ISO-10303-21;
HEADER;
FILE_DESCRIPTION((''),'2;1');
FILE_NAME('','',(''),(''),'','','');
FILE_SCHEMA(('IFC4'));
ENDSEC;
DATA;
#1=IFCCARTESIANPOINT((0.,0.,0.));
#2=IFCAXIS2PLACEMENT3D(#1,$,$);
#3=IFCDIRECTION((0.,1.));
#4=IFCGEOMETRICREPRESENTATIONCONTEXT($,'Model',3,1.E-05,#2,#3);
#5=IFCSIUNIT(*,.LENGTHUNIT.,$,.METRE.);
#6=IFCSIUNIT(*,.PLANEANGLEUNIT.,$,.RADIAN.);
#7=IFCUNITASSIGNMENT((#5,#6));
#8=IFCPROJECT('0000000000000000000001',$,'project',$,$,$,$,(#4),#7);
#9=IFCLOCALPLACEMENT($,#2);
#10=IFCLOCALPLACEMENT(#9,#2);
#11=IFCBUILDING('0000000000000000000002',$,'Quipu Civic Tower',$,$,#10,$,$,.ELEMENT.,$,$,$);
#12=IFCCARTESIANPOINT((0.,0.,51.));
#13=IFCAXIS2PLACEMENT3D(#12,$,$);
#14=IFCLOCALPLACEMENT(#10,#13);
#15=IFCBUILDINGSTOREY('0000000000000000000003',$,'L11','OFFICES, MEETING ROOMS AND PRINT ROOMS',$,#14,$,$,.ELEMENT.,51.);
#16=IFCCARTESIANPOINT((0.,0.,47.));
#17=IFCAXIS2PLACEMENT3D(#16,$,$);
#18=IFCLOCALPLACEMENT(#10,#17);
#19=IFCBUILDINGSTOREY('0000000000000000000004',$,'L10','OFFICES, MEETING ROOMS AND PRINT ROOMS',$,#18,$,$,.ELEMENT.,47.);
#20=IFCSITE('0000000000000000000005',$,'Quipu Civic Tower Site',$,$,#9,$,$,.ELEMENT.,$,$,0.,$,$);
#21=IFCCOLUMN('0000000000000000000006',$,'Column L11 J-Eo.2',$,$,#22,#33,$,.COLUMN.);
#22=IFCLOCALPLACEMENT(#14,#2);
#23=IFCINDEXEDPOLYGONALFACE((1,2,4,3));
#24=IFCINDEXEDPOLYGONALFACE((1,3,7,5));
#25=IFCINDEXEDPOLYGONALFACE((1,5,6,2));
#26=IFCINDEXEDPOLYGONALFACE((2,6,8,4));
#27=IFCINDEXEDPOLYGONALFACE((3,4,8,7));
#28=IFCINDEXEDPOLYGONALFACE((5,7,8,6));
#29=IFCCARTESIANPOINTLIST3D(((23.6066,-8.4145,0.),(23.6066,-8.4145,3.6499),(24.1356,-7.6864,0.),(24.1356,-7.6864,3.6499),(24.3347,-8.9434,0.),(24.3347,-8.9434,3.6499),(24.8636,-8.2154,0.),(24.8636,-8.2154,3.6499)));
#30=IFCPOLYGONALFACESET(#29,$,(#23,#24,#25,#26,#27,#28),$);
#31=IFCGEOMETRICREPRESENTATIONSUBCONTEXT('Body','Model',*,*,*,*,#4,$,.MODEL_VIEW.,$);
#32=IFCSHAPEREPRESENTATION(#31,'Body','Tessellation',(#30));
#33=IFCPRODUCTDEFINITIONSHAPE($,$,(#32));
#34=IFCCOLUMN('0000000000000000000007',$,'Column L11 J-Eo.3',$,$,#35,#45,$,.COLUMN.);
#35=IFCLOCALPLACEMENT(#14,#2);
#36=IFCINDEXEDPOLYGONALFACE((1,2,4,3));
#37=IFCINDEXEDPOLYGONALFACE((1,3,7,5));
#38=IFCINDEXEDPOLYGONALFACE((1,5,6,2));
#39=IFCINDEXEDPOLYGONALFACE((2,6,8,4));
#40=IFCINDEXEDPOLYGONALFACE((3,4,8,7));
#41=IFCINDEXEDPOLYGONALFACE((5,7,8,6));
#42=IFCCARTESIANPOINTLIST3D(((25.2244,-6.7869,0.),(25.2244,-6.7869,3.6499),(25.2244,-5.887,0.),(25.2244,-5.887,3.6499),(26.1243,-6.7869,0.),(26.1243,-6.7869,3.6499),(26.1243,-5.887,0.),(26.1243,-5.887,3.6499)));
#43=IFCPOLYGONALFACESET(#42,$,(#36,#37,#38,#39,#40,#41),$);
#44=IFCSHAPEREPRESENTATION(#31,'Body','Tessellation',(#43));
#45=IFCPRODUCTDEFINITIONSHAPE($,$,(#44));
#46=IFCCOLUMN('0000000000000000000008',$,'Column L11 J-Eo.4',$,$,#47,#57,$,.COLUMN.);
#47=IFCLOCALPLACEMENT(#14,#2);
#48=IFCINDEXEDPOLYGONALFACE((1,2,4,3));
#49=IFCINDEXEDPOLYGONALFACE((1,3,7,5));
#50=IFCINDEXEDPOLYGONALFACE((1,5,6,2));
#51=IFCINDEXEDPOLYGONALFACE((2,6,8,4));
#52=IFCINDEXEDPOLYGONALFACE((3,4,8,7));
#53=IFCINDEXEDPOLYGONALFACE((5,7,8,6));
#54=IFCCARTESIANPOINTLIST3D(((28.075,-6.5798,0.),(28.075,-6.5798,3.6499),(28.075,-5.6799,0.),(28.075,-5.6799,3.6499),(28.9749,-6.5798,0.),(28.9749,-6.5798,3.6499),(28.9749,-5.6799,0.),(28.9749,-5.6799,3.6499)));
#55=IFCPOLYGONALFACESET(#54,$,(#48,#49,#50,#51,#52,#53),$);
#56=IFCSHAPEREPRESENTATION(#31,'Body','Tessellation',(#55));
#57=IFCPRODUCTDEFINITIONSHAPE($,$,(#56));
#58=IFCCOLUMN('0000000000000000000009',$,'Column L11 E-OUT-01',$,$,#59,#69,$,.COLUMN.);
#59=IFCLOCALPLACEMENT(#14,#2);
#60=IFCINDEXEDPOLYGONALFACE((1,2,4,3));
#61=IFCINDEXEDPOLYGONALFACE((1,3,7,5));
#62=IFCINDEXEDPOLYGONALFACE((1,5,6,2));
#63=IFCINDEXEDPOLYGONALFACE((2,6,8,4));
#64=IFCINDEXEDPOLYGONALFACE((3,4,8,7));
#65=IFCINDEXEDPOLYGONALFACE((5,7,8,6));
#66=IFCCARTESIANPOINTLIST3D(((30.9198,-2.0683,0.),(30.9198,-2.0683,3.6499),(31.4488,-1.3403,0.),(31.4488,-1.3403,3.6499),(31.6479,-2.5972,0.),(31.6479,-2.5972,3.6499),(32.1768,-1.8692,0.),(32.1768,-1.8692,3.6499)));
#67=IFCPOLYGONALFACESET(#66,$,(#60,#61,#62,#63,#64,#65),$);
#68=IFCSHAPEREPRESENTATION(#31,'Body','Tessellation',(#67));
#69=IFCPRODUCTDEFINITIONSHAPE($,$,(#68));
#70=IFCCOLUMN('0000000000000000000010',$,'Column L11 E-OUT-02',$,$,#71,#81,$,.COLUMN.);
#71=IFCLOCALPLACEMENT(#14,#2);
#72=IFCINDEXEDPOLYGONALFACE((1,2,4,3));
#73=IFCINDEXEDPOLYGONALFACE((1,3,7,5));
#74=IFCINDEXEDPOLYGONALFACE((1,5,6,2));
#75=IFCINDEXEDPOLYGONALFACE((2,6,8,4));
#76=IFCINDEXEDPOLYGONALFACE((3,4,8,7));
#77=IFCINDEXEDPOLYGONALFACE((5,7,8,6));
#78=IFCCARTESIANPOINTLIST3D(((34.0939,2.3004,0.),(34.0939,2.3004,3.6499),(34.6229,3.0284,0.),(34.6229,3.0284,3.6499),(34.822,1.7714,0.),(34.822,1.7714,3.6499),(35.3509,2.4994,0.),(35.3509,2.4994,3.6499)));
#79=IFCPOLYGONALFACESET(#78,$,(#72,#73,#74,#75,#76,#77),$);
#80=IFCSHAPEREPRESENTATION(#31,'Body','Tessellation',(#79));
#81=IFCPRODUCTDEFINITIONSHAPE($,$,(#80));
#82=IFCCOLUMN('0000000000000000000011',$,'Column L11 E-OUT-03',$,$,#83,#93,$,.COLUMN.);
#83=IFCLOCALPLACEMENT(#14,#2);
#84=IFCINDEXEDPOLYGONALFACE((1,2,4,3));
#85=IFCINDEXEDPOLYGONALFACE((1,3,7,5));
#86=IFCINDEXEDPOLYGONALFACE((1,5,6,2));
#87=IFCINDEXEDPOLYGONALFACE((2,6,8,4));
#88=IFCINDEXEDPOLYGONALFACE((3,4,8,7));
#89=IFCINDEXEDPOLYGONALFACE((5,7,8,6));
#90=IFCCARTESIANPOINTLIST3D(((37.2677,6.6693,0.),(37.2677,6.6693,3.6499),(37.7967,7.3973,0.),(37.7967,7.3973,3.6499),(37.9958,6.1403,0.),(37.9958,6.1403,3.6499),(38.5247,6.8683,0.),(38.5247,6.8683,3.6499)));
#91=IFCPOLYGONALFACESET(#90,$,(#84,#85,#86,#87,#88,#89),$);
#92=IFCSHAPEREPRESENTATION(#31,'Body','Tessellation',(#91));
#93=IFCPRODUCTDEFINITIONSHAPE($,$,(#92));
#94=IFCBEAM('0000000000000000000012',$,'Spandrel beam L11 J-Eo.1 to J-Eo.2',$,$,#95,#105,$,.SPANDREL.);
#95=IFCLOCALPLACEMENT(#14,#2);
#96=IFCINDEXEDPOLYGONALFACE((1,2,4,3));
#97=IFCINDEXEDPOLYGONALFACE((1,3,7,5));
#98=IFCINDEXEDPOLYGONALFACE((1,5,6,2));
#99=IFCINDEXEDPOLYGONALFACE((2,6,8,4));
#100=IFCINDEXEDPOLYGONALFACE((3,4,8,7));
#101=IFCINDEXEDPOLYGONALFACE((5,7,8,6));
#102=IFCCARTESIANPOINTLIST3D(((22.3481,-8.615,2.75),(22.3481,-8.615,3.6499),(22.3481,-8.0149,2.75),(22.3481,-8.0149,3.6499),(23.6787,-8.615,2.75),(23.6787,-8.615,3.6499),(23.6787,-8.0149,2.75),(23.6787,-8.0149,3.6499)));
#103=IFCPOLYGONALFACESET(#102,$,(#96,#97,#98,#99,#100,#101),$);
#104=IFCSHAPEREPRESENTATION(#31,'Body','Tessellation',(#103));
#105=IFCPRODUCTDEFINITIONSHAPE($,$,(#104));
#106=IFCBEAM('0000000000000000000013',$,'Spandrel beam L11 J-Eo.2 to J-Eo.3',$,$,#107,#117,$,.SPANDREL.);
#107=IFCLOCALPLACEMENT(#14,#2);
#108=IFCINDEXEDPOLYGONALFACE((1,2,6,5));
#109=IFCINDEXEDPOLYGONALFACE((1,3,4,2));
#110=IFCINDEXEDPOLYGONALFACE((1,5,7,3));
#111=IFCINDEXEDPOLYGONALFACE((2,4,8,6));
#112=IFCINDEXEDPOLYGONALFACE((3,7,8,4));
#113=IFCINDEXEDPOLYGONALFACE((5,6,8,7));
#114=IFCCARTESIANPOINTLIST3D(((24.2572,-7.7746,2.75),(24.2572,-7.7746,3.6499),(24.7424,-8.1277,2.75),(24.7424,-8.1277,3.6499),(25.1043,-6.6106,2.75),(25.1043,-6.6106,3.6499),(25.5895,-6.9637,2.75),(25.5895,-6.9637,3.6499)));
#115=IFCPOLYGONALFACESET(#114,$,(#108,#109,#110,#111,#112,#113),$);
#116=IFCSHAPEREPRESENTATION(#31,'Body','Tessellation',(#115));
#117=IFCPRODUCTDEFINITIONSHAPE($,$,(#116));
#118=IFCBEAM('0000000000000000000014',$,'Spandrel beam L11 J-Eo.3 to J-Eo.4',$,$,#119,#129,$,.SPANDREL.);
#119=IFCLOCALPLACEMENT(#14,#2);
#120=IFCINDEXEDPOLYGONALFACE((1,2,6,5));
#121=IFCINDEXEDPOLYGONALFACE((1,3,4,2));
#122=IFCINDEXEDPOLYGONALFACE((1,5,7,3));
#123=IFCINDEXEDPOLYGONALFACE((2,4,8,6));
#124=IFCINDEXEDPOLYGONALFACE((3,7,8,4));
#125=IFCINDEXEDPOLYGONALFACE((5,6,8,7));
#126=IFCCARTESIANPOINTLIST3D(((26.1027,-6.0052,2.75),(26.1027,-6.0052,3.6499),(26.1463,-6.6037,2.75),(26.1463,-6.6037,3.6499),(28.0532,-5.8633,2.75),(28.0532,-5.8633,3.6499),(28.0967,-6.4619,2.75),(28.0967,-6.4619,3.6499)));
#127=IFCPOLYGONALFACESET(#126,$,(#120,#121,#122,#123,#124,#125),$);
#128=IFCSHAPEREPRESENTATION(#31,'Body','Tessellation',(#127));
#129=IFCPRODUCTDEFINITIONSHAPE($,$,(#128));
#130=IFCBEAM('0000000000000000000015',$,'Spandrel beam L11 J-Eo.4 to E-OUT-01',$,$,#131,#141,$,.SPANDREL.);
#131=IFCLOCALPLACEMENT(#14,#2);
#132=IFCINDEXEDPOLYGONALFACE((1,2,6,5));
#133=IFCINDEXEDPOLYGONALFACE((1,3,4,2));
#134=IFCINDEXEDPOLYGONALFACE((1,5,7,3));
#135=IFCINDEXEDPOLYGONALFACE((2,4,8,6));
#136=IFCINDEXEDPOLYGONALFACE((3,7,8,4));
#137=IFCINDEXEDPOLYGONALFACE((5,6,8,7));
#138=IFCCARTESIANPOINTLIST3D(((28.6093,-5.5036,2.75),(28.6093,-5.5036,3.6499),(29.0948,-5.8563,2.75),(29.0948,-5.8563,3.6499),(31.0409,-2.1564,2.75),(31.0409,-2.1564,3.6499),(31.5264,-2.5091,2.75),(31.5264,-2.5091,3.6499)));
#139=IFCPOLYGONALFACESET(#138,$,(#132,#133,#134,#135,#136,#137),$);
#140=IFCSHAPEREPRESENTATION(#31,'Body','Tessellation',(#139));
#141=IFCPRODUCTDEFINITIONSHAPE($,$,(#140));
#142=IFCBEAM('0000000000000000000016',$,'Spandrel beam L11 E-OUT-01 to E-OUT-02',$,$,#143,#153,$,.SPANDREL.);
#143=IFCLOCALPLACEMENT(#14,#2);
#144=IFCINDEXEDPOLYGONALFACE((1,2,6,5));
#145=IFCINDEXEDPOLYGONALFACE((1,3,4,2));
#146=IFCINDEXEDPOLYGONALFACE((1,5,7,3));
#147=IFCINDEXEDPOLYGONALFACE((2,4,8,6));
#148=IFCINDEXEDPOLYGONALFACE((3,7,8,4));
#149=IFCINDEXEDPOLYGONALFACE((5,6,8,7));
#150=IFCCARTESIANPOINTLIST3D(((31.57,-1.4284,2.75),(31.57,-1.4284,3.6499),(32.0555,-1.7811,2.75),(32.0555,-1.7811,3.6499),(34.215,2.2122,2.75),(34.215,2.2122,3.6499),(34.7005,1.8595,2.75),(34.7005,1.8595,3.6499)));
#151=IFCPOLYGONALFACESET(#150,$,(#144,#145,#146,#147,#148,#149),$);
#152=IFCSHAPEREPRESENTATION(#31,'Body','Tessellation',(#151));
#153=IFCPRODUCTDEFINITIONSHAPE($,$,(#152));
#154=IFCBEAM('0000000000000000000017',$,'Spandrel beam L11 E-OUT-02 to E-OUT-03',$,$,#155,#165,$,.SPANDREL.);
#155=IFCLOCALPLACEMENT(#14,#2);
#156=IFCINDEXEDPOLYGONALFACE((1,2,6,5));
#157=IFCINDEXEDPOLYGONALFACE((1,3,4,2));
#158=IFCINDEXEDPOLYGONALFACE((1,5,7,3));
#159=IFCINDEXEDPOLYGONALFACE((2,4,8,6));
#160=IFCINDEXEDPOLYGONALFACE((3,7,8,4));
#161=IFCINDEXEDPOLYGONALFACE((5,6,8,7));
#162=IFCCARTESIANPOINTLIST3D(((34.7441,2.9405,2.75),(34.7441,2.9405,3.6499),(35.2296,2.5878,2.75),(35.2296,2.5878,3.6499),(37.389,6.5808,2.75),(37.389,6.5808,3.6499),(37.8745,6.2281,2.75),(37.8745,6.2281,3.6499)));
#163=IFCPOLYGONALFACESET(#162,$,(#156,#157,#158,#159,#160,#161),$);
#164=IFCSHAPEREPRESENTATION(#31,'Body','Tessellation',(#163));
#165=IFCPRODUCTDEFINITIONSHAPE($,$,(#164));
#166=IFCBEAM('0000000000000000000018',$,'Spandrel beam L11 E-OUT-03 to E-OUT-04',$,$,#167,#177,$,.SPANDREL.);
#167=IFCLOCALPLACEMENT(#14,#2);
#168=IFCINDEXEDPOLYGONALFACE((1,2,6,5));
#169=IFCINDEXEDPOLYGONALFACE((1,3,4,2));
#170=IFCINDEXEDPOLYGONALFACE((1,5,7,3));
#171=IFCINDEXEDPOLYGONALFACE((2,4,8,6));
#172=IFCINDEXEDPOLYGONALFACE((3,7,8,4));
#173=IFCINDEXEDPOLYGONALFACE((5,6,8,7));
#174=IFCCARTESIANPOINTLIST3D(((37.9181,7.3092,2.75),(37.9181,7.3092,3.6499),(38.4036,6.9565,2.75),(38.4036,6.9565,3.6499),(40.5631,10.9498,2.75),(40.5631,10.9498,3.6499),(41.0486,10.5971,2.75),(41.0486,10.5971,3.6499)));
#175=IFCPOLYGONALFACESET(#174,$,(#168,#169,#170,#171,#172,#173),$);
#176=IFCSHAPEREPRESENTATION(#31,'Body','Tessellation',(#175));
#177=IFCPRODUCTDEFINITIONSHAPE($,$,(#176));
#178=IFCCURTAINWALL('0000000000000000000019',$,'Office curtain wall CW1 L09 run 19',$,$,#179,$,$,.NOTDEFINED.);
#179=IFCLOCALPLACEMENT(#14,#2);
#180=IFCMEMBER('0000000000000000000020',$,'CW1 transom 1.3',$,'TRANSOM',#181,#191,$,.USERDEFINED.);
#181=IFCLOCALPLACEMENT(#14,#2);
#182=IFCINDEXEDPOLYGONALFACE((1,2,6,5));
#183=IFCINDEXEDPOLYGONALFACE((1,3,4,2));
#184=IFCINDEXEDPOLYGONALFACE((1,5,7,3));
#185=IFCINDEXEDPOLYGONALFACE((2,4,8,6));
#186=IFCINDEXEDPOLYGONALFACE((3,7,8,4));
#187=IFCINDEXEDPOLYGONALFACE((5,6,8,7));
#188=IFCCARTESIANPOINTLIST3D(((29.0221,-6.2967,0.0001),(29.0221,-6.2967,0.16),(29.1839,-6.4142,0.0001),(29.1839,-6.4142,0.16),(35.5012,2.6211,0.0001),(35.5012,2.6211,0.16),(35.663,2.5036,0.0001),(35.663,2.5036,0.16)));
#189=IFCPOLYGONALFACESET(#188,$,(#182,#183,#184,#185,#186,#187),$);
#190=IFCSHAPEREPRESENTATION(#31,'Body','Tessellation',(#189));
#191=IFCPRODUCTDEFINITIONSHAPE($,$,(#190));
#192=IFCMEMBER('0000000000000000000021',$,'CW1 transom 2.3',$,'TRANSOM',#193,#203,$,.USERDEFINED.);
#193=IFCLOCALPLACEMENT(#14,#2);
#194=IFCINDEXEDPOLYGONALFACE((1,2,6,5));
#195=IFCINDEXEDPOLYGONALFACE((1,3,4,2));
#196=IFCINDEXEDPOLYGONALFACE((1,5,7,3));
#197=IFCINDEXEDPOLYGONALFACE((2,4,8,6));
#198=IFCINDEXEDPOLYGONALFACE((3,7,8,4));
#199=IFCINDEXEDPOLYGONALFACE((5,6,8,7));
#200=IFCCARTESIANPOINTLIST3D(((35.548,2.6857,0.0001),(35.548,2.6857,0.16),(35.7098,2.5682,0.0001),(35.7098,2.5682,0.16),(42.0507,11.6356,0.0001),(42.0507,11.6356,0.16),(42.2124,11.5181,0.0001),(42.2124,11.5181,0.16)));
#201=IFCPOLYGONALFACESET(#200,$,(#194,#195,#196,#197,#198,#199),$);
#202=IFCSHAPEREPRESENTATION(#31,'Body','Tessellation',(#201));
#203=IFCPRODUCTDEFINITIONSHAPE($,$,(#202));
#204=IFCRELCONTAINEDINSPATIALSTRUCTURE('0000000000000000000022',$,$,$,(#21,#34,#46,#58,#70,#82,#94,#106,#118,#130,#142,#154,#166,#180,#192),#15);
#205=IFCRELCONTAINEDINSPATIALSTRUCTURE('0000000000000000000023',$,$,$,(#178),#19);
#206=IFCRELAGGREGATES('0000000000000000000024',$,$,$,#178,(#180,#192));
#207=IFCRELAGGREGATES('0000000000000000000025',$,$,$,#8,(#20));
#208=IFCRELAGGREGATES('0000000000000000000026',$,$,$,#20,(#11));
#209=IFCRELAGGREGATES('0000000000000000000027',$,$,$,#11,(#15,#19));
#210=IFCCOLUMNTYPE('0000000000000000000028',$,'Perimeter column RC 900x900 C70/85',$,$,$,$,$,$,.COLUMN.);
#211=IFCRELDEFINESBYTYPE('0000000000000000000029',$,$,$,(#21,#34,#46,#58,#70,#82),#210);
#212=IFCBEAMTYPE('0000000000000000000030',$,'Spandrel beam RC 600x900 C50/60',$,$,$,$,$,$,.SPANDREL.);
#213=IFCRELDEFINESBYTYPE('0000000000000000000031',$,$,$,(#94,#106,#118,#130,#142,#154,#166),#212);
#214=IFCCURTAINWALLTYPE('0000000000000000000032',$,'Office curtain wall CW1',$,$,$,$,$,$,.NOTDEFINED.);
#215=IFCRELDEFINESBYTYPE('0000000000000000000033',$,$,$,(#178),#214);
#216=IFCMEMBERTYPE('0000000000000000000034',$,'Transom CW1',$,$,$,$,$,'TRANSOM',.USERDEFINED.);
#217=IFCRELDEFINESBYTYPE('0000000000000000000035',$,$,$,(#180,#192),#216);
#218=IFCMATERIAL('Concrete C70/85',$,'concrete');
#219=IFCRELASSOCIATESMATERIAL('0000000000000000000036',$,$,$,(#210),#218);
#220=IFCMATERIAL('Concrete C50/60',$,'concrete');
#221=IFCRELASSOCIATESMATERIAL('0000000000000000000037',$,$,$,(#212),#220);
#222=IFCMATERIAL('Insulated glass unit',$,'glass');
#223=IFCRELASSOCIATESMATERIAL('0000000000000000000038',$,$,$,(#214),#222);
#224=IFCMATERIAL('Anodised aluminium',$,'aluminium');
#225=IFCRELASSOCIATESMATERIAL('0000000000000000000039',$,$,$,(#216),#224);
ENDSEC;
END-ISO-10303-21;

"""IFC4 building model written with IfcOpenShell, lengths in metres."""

from ifc_helpers import new_model, si_unit, direction, frame, origin, origin_2d, place, context, subcontext, project, spatial, rectangle, extrude, material, material_profile, profile_set, type_object, element, aggregate, save


model = new_model("IFC4")

# Units and contexts
model_context = context("Model", 3, precision=1e-05, world=origin(), true_north=direction((0.0, 1.0)))
body_context = subcontext(model_context, "Body", "Model", "MODEL_VIEW")
ifc_project = project(units=[si_unit("LENGTHUNIT", "METRE"), si_unit("PLANEANGLEUNIT", "RADIAN")], contexts=[model_context])

# Site, building, storey
site_placement = place(None, origin())
site = spatial("IfcSite", under=ifc_project, at=site_placement, Name="Quipu Civic Tower Site", CompositionType="ELEMENT", RefElevation=0.0)
building_placement = place(site_placement, origin())
building = spatial("IfcBuilding", under=site, at=building_placement, Name="Quipu Civic Tower", CompositionType="ELEMENT")
storey_1_placement = place(building_placement, frame((0.0, 0.0, 51.0)))
storey_1 = spatial("IfcBuildingStorey", under=building, at=storey_1_placement, Name="L11", Description="OFFICES, MEETING ROOMS AND PRINT ROOMS", CompositionType="ELEMENT", Elevation=51.0)

# Columns
ifc_material_1 = material(Name="Concrete C70/85", Category="concrete")
ifc_material_profile_1 = material_profile(ifc_material_1, rectangle(XDim=0.8999, YDim=0.8999, at=origin_2d()), Name="RC900x900")
ifc_profile_set_1 = profile_set([ifc_material_profile_1], Name="Concrete C70/85")
column_type = type_object("IfcColumnType", Name="Perimeter column RC 900x900 C70/85", PredefinedType="COLUMN", material=ifc_profile_set_1)
for number, where, z_axis, x_axis, name in (
    (1, (24.2351, -8.3149, 0.0), (0.0, 0.0, 1.0), (0.587785, 0.809017, 0.0), "Column L11 J-Eo.2"),
    (2, (25.6743, -6.3369, 0.0), (0.0, 0.0, 1.0), (1.0, 0.0, 0.0), "Column L11 J-Eo.3"),
    (3, (28.5249, -6.1299, 0.0), (0.0, 0.0, 1.0), (1.0, 0.0, 0.0), "Column L11 J-Eo.4"),
    (4, (31.5483, -1.9688, 0.0), (0.0, 0.0, 1.0), (0.587785, 0.809017, 0.0), "Column L11 E-OUT-01"),
    (5, (34.7224, 2.3999, 0.0), (0.0, 0.0, 1.0), (0.587785, 0.809017, 0.0), "Column L11 E-OUT-02"),
    (6, (37.8962, 6.7688, 0.0), (0.0, 0.0, 1.0), (0.587785, 0.809017, 0.0), "Column L11 E-OUT-03"),
):
    element("IfcColumn", number, at=place(storey_1_placement, frame(where, z_axis=z_axis, x_axis=x_axis)), inside=storey_1, type_object=column_type, Name=name, PredefinedType="COLUMN", context=body_context, shape_type="SweptSolid", body=[
        extrude(rectangle(XDim=0.8999, YDim=0.8999, at=origin_2d()), origin(), (0.0, 0.0, 1.0), 3.6499),
    ])

# Beams
ifc_material_2 = material(Name="Concrete C50/60", Category="concrete")
ifc_material_profile_2 = material_profile(ifc_material_2, rectangle(XDim=0.6001, YDim=0.8999, at=origin_2d()), Name="RC600x900")
ifc_profile_set_2 = profile_set([ifc_material_profile_2], Name="Concrete C50/60")
beam_type = type_object("IfcBeamType", Name="Spandrel beam RC 600x900 C50/60", PredefinedType="SPANDREL", material=ifc_profile_set_2)
beam_1_placement = place(storey_1_placement, frame((22.3481, -8.3149, 3.2), z_axis=(1.0, 0.0, 0.0), x_axis=(0.0, 1.0, 0.0)))
element("IfcBeam", 7, at=beam_1_placement, inside=storey_1, type_object=beam_type, Name="Spandrel beam L11 J-Eo.1 to J-Eo.2", PredefinedType="SPANDREL", context=body_context, shape_type="SweptSolid", body=[
    extrude(rectangle(XDim=0.6001, YDim=0.8999, at=origin_2d()), origin(), (0.0, 0.0, 1.0), 1.3306),
])
beam_2_placement = place(storey_1_placement, frame((24.4998, -7.9512, 3.2), z_axis=(0.588434, 0.808545, 0.0), x_axis=(-0.808545, 0.588434, 0.0)))
element("IfcBeam", 8, at=beam_2_placement, inside=storey_1, type_object=beam_type, Name="Spandrel beam L11 J-Eo.2 to J-Eo.3", PredefinedType="SPANDREL", context=body_context, shape_type="SweptSolid", body=[
    extrude(rectangle(XDim=0.6001, YDim=0.8999, at=origin_2d()), origin(), (0.0, 0.0, 1.0), 1.4397),
])
beam_3_placement = place(storey_1_placement, frame((26.1245, -6.3044, 3.2), z_axis=(0.997366, 0.072533, 0.0), x_axis=(-0.072533, 0.997366, 0.0)))
element("IfcBeam", 9, at=beam_3_placement, inside=storey_1, type_object=beam_type, Name="Spandrel beam L11 J-Eo.3 to J-Eo.4", PredefinedType="SPANDREL", context=body_context, shape_type="SweptSolid", body=[
    extrude(rectangle(XDim=0.6001, YDim=0.8999, at=origin_2d()), origin(), (0.0, 0.0, 1.0), 1.9556),
])
beam_4_placement = place(storey_1_placement, frame((28.8521, -5.6799, 3.2), z_axis=(0.587751, 0.809042, 0.0), x_axis=(-0.809042, 0.587751, 0.0)))
element("IfcBeam", 10, at=beam_4_placement, inside=storey_1, type_object=beam_type, Name="Spandrel beam L11 J-Eo.4 to E-OUT-01", PredefinedType="SPANDREL", context=body_context, shape_type="SweptSolid", body=[
    extrude(rectangle(XDim=0.6001, YDim=0.8999, at=origin_2d()), origin(), (0.0, 0.0, 1.0), 4.1372),
])
beam_5_placement = place(storey_1_placement, frame((31.8127, -1.6047, 3.2), z_axis=(0.587778, 0.809022, 0.0), x_axis=(-0.809022, 0.587778, 0.0)))
element("IfcBeam", 11, at=beam_5_placement, inside=storey_1, type_object=beam_type, Name="Spandrel beam L11 E-OUT-01 to E-OUT-02", PredefinedType="SPANDREL", context=body_context, shape_type="SweptSolid", body=[
    extrude(rectangle(XDim=0.6001, YDim=0.8999, at=origin_2d()), origin(), (0.0, 0.0, 1.0), 4.5),
])
beam_6_placement = place(storey_1_placement, frame((34.9868, 2.7642, 3.2), z_axis=(0.587804, 0.809003, 0.0), x_axis=(-0.809003, 0.587804, 0.0)))
element("IfcBeam", 12, at=beam_6_placement, inside=storey_1, type_object=beam_type, Name="Spandrel beam L11 E-OUT-02 to E-OUT-03", PredefinedType="SPANDREL", context=body_context, shape_type="SweptSolid", body=[
    extrude(rectangle(XDim=0.6001, YDim=0.8999, at=origin_2d()), origin(), (0.0, 0.0, 1.0), 4.4998),
])
beam_7_placement = place(storey_1_placement, frame((38.1609, 7.1328, 3.2), z_axis=(0.587778, 0.809022, 0.0), x_axis=(-0.809022, 0.587778, 0.0)))
element("IfcBeam", 13, at=beam_7_placement, inside=storey_1, type_object=beam_type, Name="Spandrel beam L11 E-OUT-03 to E-OUT-04", PredefinedType="SPANDREL", context=body_context, shape_type="SweptSolid", body=[
    extrude(rectangle(XDim=0.6001, YDim=0.8999, at=origin_2d()), origin(), (0.0, 0.0, 1.0), 4.5),
])

# Shared definitions
storey_2_placement = place(building_placement, frame((0.0, 0.0, 47.0)))
storey_2 = spatial("IfcBuildingStorey", under=building, at=storey_2_placement, Name="L10", Description="OFFICES, MEETING ROOMS AND PRINT ROOMS", CompositionType="ELEMENT", Elevation=47.0)

# Curtain wall, members
ifc_material_3 = material(Name="Insulated glass unit", Category="glass")
curtain_wall_type = type_object("IfcCurtainWallType", Name="Office curtain wall CW1", PredefinedType="NOTDEFINED", material=ifc_material_3)
curtain_wall_placement = place(storey_2_placement, origin())
curtain_wall = element("IfcCurtainWall", 14, at=curtain_wall_placement, inside=storey_2, type_object=curtain_wall_type, Name="Office curtain wall CW1 L09 run 19", PredefinedType="NOTDEFINED")
ifc_material_4 = material(Name="Anodised aluminium", Category="aluminium")
ifc_material_profile_3 = material_profile(ifc_material_4, rectangle(XDim=0.2, YDim=0.1599, at=origin_2d()), Name="RECT 200x160")
ifc_profile_set_3 = profile_set([ifc_material_profile_3], Name="Anodised aluminium")
member_type = type_object("IfcMemberType", Name="Transom CW1", ElementType="TRANSOM", PredefinedType="USERDEFINED", material=ifc_profile_set_3)
member_1_placement = place(storey_1_placement, frame((29.103, -6.3555, 0.0801), z_axis=(0.587779, 0.809021, 0.0), x_axis=(-0.809021, 0.587779, 0.0)))
member_1 = element("IfcMember", 15, at=member_1_placement, inside=storey_1, type_object=member_type, Name="CW1 transom 1.3", ObjectType="TRANSOM", PredefinedType="USERDEFINED", context=body_context, shape_type="SweptSolid", body=[
    extrude(rectangle(XDim=0.2, YDim=0.1599, at=origin_2d()), origin(), (0.0, 0.0, 1.0), 11.0229),
])
member_2_placement = place(storey_1_placement, frame((35.6289, 2.627, 0.0801), z_axis=(0.587795, 0.80901, 0.0), x_axis=(-0.80901, 0.587795, 0.0)))
member_2 = element("IfcMember", 16, at=member_2_placement, inside=storey_1, type_object=member_type, Name="CW1 transom 2.3", ObjectType="TRANSOM", PredefinedType="USERDEFINED", context=body_context, shape_type="SweptSolid", body=[
    extrude(rectangle(XDim=0.2, YDim=0.1599, at=origin_2d()), origin(), (0.0, 0.0, 1.0), 11.0627),
])
aggregate(curtain_wall, [member_1, member_2])

save(model, "model.ifc")
